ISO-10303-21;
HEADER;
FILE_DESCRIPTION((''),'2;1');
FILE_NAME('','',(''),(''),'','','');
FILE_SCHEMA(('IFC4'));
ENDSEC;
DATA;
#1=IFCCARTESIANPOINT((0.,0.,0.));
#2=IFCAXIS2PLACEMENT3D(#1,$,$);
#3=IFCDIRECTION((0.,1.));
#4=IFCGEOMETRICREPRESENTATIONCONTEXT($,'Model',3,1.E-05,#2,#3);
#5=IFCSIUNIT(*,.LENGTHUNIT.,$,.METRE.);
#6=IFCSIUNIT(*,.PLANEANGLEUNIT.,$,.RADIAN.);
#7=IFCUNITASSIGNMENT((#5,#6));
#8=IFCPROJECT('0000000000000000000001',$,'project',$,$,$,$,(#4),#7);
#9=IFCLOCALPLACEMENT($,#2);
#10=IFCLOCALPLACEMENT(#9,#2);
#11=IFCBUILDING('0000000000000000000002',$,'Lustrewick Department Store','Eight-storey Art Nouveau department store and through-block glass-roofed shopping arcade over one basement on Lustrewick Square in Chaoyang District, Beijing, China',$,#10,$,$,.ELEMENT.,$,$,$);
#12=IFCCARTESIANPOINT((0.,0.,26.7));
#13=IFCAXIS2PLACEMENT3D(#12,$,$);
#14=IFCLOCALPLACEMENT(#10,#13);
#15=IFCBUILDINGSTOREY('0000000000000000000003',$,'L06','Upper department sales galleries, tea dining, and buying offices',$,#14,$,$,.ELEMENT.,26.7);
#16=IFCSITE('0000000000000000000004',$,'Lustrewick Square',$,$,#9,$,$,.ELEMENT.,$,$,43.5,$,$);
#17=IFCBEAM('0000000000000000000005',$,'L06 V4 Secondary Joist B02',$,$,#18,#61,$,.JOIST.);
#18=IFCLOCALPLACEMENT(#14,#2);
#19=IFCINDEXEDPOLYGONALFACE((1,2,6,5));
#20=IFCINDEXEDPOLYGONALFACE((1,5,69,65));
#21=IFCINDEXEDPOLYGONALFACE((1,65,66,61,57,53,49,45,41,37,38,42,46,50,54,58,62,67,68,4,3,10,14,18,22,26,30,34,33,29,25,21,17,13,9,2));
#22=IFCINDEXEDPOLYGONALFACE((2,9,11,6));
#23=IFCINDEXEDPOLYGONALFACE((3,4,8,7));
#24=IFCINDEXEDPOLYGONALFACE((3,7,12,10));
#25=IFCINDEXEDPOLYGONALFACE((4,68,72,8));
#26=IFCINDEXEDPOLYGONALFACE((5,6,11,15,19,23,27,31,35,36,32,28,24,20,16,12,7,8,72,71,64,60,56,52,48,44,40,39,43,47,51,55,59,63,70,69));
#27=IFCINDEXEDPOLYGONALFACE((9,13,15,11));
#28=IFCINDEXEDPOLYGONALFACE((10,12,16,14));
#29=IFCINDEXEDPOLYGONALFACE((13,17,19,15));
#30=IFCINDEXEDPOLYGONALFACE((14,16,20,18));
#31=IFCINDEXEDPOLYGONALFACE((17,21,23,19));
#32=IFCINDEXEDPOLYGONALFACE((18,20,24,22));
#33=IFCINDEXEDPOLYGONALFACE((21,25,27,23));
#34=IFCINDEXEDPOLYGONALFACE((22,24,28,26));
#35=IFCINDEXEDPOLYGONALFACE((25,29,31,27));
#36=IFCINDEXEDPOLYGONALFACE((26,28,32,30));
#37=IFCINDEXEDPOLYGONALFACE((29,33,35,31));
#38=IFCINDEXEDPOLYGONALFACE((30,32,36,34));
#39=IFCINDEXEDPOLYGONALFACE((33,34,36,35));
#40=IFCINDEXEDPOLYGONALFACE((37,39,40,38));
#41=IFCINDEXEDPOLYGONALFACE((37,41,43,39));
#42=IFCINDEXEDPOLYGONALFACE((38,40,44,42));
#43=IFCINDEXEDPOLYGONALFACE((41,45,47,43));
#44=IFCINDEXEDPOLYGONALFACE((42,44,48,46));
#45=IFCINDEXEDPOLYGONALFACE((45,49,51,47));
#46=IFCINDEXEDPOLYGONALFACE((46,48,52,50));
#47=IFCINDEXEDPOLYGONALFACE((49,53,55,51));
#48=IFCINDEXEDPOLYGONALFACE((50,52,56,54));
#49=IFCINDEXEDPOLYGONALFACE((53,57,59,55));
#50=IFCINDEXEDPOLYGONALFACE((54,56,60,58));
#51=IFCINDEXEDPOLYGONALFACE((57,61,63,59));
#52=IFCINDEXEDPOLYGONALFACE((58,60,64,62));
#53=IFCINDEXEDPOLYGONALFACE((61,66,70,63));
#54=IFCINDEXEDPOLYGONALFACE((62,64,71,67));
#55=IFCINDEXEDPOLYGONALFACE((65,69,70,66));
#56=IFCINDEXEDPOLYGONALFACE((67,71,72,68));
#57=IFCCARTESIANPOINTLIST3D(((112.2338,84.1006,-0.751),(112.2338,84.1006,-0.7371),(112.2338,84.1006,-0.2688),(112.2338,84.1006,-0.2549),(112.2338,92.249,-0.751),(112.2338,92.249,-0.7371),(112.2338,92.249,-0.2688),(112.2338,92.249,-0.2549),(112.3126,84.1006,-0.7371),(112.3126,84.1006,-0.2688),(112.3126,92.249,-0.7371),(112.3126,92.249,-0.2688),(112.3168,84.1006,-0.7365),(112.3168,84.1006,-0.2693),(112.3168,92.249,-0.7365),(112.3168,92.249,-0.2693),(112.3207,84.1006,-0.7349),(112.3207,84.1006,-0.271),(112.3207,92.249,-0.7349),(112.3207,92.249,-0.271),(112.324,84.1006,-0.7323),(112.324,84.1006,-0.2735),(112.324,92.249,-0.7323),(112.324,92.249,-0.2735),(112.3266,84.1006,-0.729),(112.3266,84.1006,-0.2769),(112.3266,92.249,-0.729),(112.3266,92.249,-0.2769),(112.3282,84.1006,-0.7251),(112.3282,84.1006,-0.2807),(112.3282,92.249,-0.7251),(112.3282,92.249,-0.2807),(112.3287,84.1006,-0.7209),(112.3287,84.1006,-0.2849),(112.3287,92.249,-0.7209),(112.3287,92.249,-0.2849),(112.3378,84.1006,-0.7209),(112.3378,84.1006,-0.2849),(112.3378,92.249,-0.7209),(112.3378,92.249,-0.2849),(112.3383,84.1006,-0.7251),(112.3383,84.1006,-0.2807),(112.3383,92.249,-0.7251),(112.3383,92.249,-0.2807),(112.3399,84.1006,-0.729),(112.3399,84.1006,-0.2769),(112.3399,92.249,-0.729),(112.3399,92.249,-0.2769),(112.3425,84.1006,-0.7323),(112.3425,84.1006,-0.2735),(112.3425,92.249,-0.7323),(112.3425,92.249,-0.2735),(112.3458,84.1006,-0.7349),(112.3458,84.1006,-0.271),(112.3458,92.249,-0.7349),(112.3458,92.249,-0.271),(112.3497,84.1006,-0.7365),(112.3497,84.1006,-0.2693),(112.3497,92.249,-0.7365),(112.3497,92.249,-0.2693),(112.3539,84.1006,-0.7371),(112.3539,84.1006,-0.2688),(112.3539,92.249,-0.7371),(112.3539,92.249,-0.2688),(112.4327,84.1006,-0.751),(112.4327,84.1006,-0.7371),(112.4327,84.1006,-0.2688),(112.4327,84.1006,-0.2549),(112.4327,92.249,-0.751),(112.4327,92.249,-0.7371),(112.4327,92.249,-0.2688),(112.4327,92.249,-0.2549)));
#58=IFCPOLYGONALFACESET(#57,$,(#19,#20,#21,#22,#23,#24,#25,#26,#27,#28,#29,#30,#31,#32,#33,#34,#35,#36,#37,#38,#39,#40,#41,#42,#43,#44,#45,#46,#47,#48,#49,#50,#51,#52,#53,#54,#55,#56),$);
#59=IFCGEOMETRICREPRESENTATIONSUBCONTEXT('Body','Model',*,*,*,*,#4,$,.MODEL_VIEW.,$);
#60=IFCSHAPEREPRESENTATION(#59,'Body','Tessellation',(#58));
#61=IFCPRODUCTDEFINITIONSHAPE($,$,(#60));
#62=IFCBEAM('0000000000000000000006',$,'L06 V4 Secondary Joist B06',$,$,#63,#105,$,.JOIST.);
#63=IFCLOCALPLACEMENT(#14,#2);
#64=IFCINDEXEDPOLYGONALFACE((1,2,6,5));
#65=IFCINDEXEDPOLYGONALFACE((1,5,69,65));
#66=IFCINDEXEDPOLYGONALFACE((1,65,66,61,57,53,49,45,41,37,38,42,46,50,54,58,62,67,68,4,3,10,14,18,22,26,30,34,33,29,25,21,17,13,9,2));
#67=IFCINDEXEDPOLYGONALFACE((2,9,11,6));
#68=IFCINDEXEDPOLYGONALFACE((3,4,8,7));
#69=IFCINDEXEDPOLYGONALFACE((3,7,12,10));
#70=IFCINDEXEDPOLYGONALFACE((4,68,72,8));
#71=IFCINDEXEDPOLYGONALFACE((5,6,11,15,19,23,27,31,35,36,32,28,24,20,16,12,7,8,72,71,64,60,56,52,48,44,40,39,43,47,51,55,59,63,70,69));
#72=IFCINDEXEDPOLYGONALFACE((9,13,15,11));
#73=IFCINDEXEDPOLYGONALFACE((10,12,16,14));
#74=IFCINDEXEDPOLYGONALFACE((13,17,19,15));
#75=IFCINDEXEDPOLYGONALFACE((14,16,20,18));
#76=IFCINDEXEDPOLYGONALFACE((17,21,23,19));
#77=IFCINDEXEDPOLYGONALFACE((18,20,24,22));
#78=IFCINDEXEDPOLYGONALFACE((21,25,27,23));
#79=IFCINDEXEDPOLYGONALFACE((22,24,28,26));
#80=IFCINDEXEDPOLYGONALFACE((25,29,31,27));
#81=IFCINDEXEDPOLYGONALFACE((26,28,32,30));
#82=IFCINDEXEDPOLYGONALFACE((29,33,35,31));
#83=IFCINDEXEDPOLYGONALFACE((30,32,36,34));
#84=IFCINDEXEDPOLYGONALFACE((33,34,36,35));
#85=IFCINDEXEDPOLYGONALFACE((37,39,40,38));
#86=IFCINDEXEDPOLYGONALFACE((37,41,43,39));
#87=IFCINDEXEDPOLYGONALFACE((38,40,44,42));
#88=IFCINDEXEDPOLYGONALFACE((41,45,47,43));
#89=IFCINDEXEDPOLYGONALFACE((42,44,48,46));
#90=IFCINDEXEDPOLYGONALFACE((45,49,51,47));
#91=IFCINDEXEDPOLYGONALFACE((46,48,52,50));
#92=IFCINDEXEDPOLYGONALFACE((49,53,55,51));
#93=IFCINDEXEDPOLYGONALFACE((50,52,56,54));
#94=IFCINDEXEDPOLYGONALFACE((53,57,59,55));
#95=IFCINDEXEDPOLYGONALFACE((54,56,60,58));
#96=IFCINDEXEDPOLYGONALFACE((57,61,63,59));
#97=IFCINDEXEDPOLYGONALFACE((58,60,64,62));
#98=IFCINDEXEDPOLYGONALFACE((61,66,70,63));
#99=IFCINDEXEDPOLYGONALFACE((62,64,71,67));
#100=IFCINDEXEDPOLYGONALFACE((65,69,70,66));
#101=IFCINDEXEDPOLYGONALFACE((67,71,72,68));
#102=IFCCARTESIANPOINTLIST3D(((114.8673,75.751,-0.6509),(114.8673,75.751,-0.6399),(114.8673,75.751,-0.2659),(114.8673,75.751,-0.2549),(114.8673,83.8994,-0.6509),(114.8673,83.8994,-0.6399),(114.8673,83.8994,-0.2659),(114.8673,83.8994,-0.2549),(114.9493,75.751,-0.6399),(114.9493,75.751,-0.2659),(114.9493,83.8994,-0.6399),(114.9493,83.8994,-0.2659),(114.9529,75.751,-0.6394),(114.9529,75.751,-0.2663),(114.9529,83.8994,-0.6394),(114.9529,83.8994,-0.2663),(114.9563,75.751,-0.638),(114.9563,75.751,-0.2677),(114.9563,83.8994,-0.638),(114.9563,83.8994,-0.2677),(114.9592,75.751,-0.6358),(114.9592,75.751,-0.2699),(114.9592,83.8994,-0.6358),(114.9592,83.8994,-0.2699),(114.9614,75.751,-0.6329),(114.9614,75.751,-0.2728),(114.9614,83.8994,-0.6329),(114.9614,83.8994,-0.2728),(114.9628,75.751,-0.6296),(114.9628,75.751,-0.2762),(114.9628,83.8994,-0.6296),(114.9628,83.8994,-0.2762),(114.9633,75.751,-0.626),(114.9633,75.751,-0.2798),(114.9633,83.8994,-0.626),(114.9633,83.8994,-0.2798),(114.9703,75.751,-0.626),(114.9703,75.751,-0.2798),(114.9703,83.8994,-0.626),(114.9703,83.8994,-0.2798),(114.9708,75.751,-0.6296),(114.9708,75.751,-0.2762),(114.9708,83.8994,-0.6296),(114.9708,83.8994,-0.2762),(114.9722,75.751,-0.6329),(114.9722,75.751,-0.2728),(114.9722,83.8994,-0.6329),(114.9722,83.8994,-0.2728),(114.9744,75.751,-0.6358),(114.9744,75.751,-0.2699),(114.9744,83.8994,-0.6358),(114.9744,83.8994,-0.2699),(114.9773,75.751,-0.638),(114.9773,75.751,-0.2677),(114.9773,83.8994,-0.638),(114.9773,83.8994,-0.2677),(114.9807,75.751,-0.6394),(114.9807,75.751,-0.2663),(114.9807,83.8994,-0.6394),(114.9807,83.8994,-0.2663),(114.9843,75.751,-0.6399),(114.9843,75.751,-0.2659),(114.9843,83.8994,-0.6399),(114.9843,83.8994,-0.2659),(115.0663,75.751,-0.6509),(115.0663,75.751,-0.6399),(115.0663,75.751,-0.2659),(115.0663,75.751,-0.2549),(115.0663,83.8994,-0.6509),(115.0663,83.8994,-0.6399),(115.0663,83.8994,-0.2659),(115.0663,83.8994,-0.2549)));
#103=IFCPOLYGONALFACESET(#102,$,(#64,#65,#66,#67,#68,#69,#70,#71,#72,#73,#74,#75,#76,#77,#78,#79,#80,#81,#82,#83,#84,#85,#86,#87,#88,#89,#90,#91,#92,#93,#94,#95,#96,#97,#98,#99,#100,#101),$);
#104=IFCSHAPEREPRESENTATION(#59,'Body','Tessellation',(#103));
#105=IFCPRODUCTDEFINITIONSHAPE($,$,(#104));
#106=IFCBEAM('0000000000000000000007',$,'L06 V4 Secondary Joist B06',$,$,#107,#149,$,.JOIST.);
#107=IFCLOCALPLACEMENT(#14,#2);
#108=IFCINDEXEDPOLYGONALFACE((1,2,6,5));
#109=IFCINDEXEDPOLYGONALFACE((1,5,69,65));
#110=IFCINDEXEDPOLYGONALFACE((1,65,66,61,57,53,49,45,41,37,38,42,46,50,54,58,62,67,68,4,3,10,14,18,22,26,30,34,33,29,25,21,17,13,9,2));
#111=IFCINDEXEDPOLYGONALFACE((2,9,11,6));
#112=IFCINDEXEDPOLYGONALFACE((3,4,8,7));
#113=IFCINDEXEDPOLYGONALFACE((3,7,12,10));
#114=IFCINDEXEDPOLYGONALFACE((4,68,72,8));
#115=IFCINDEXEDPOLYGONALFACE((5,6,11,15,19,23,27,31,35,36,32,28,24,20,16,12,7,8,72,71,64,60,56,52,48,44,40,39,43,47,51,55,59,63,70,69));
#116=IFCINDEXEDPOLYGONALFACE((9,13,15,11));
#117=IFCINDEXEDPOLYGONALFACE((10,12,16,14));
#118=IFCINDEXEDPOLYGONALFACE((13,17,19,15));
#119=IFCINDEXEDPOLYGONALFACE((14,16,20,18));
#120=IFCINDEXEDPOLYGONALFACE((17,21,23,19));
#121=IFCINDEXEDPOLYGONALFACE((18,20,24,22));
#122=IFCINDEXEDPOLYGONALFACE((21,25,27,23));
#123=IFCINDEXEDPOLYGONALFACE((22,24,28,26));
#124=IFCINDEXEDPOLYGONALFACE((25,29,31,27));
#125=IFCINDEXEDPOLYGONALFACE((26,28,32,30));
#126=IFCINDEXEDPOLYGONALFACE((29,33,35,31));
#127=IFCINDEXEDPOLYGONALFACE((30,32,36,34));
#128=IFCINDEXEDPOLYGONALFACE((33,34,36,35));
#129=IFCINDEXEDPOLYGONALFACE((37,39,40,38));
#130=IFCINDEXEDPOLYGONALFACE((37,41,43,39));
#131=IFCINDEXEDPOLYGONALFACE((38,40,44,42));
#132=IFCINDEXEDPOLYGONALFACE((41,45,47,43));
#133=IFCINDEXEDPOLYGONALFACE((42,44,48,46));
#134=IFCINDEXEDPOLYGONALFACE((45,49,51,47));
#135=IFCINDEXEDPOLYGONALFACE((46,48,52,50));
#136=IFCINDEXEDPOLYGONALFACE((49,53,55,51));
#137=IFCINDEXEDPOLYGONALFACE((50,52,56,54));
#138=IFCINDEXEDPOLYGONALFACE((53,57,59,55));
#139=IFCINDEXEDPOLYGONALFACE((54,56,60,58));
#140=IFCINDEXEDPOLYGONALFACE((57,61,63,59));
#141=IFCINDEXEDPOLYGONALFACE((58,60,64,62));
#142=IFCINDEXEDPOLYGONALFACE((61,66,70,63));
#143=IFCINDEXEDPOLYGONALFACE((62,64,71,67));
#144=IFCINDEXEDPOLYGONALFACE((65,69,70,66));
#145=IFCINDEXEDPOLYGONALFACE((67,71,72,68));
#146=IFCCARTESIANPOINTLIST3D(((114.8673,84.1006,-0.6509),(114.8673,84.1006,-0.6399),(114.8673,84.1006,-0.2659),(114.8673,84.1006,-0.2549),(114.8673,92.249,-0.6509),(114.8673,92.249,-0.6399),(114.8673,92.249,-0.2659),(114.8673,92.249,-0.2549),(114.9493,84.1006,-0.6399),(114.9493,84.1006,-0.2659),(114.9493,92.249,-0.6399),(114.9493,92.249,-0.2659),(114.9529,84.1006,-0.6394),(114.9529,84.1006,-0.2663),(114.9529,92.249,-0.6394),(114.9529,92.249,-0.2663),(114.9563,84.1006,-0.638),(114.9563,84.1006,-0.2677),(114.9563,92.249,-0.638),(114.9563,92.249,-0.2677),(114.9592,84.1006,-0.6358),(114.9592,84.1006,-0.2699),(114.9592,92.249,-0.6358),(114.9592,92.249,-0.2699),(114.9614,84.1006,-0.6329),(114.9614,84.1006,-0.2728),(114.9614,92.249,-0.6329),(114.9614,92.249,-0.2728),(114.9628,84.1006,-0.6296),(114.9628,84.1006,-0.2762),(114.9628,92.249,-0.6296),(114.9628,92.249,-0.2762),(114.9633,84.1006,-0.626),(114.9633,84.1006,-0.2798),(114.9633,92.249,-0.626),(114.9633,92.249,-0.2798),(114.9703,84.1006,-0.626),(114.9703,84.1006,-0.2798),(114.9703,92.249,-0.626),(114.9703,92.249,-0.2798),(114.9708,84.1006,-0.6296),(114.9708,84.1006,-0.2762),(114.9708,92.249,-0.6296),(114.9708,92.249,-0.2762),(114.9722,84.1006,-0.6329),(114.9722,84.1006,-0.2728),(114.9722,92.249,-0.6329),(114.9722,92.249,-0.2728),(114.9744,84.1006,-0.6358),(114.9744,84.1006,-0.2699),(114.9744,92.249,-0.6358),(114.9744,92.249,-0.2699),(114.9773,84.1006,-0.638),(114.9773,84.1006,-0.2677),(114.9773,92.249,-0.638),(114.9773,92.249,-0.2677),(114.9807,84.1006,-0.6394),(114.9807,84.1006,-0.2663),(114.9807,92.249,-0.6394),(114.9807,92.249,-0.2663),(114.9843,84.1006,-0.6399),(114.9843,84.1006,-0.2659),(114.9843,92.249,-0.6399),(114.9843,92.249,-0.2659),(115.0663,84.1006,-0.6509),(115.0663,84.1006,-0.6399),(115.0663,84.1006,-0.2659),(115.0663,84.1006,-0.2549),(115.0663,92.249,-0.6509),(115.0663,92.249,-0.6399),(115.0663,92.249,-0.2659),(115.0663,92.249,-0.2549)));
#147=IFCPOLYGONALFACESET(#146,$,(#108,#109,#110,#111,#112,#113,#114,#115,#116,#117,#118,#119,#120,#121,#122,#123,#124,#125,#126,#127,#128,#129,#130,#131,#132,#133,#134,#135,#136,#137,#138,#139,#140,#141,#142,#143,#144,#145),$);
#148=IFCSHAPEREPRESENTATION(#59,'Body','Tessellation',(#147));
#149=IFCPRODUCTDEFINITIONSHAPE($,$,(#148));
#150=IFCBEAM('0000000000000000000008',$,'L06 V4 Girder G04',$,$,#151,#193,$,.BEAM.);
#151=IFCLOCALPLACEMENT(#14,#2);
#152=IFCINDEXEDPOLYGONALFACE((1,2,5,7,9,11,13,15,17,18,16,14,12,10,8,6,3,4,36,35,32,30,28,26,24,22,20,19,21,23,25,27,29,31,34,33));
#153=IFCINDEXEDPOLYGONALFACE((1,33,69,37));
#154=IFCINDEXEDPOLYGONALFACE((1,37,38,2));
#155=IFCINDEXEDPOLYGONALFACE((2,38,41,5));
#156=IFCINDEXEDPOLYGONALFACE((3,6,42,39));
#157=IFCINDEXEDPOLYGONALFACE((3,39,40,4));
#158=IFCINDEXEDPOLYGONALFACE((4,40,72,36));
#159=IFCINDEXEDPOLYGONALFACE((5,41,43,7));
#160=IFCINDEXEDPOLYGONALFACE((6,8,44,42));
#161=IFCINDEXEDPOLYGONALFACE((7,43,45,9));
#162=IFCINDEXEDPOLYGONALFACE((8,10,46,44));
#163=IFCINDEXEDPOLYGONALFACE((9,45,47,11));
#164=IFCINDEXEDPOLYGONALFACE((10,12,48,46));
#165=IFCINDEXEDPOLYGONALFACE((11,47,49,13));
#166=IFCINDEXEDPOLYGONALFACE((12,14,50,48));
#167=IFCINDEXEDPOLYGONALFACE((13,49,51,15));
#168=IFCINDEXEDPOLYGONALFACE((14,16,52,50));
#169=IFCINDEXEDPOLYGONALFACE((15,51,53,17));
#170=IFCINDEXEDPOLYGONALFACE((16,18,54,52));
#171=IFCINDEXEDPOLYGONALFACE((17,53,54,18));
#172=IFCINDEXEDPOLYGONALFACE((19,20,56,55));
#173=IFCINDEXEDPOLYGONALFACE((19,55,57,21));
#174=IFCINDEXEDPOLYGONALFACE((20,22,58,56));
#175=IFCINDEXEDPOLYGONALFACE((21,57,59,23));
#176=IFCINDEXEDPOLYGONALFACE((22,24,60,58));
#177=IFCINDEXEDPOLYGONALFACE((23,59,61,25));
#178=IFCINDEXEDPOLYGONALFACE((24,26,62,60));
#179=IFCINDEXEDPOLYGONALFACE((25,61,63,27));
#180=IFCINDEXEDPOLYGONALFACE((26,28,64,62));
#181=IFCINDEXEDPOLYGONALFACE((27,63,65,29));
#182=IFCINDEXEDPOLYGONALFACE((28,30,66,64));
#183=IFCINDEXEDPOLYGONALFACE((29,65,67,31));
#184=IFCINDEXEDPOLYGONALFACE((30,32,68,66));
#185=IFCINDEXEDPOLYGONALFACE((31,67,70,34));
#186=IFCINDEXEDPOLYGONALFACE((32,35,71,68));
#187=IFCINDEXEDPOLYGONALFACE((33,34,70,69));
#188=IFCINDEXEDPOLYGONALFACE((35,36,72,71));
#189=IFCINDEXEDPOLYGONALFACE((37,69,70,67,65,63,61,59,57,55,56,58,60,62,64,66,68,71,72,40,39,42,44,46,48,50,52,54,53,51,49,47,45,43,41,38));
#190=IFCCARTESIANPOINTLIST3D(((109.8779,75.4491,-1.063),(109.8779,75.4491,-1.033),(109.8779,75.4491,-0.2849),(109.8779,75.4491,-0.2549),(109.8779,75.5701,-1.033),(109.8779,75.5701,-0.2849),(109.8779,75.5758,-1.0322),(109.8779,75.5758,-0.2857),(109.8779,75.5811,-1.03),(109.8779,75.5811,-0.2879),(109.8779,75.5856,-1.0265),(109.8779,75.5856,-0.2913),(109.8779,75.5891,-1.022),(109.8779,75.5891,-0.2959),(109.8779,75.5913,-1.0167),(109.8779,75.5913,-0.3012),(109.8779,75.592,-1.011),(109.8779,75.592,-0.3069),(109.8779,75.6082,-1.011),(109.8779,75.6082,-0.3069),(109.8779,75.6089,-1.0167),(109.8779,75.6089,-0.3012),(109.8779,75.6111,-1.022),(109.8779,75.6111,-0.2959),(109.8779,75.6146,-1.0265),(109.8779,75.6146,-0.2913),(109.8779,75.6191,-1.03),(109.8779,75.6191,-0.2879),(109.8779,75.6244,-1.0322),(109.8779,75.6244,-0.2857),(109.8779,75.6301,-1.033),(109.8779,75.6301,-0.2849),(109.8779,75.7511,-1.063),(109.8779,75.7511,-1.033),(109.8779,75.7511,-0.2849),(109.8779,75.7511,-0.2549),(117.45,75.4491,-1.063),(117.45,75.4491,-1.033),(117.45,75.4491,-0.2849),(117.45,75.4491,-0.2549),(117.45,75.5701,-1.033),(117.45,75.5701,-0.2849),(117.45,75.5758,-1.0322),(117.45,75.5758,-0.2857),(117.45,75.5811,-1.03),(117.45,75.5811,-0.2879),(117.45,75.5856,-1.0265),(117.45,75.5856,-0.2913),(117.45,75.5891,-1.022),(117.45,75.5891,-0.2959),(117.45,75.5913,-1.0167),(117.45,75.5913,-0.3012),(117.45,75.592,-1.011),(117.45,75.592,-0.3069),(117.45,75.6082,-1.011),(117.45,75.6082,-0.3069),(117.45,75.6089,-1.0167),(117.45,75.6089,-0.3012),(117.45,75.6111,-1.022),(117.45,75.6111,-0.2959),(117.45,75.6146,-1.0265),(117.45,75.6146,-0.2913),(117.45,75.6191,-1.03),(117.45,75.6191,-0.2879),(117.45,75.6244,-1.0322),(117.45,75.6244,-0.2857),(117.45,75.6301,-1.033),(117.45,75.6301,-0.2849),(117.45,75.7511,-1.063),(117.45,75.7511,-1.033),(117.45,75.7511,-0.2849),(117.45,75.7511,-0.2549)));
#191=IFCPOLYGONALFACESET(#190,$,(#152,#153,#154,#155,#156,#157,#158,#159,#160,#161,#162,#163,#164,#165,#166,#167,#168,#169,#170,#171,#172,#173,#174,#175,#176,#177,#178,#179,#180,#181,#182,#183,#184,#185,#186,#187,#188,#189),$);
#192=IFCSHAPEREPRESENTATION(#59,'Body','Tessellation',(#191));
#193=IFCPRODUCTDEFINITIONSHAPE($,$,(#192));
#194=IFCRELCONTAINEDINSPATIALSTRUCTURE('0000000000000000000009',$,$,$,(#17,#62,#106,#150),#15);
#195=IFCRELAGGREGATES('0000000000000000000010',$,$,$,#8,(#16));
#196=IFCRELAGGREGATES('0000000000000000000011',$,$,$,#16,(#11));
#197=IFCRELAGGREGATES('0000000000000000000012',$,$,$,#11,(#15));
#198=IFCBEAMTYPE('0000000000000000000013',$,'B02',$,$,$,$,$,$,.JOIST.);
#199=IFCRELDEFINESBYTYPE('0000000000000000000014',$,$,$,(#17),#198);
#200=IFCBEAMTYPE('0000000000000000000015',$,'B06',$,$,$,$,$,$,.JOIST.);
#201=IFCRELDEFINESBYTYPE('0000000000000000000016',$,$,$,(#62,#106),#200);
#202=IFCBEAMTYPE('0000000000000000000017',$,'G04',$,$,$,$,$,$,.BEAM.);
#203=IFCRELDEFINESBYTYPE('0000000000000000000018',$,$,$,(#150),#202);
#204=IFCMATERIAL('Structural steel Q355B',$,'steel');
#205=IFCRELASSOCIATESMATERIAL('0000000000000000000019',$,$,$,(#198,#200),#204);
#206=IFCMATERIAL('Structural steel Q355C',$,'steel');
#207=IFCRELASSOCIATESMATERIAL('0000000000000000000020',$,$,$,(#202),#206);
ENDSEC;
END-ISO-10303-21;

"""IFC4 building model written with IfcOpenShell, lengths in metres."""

from ifc_helpers import new_model, si_unit, direction, frame, origin, origin_2d, place, context, subcontext, project, spatial, i_section, extrude, material, material_profile, profile_set, type_object, element, save


model = new_model("IFC4")

# Units and contexts
model_context = context("Model", 3, precision=1e-05, world=origin(), true_north=direction((0.0, 1.0)))
body_context = subcontext(model_context, "Body", "Model", "MODEL_VIEW")
ifc_project = project(units=[si_unit("LENGTHUNIT", "METRE"), si_unit("PLANEANGLEUNIT", "RADIAN")], contexts=[model_context])

# Site, building, storey
site_placement = place(None, origin())
site = spatial("IfcSite", under=ifc_project, at=site_placement, Name="Lustrewick Square", CompositionType="ELEMENT", RefElevation=43.5)
building_placement = place(site_placement, origin())
building = spatial("IfcBuilding", under=site, at=building_placement, Name="Lustrewick Department Store", Description="Eight-storey Art Nouveau department store and through-block glass-roofed shopping arcade over one basement on Lustrewick Square in Chaoyang District, Beijing, China", CompositionType="ELEMENT")
storey_placement = place(building_placement, frame((0.0, 0.0, 26.7)))
storey = spatial("IfcBuildingStorey", under=building, at=storey_placement, Name="L06", Description="Upper department sales galleries, tea dining, and buying offices", CompositionType="ELEMENT", Elevation=26.7)

# Shared definitions
ifc_material_1 = material(Name="Structural steel Q355B", Category="steel")

# Beams
ifc_material_profile_1 = material_profile(ifc_material_1, i_section(OverallWidth=0.199, OverallDepth=0.4961, WebThickness=0.009, FlangeThickness=0.0139, FilletRadius=0.0161, at=origin_2d()), Name="HN 496x199x9x14")
ifc_profile_set_1 = profile_set([ifc_material_profile_1], Name="Structural steel Q355B")
beam_type_1 = type_object("IfcBeamType", Name="B02", PredefinedType="JOIST", material=ifc_profile_set_1)
for number, where, z_axis, x_axis, name in (
    (1, (112.3333, 84.1006, -0.5029), (0.0, 1.0, 0.0), (-1.0, 0.0, 0.0), "L06 V4 Secondary Joist B02"),
):
    element("IfcBeam", number, at=place(storey_placement, frame(where, z_axis=z_axis, x_axis=x_axis)), inside=storey, type_object=beam_type_1, Name=name, PredefinedType="JOIST", context=body_context, shape_type="SweptSolid", body=[
        extrude(i_section(OverallWidth=0.199, OverallDepth=0.4961, WebThickness=0.009, FlangeThickness=0.0139, FilletRadius=0.0161, at=origin_2d()), origin(), (0.0, 0.0, 1.0), 8.1484),
    ])
ifc_material_profile_2 = material_profile(ifc_material_1, i_section(OverallWidth=0.199, OverallDepth=0.396, WebThickness=0.0071, FlangeThickness=0.011, FilletRadius=0.0139, at=origin_2d()), Name="HN 396x199x7x11")
ifc_profile_set_2 = profile_set([ifc_material_profile_2], Name="Structural steel Q355B")
beam_type_2 = type_object("IfcBeamType", Name="B06", PredefinedType="JOIST", material=ifc_profile_set_2)
for number, where, z_axis, x_axis, name in (
    (2, (114.9668, 75.751, -0.4529), (0.0, 1.0, 0.0), (-1.0, 0.0, 0.0), "L06 V4 Secondary Joist B06"),
    (3, (114.9668, 84.1006, -0.4529), (0.0, 1.0, 0.0), (-1.0, 0.0, 0.0), "L06 V4 Secondary Joist B06"),
):
    element("IfcBeam", number, at=place(storey_placement, frame(where, z_axis=z_axis, x_axis=x_axis)), inside=storey, type_object=beam_type_2, Name=name, PredefinedType="JOIST", context=body_context, shape_type="SweptSolid", body=[
        extrude(i_section(OverallWidth=0.199, OverallDepth=0.396, WebThickness=0.0071, FlangeThickness=0.011, FilletRadius=0.0139, at=origin_2d()), origin(), (0.0, 0.0, 1.0), 8.1484),
    ])
ifc_material_2 = material(Name="Structural steel Q355C", Category="steel")
ifc_material_profile_3 = material_profile(ifc_material_2, i_section(OverallWidth=0.302, OverallDepth=0.8081, WebThickness=0.0161, FlangeThickness=0.03, FilletRadius=0.022, at=origin_2d()), Name="HN 808x302x16x30")
ifc_profile_set_3 = profile_set([ifc_material_profile_3], Name="Structural steel Q355C")
beam_type_3 = type_object("IfcBeamType", Name="G04", PredefinedType="BEAM", material=ifc_profile_set_3)
beam_1_placement = place(storey_placement, frame((109.8779, 75.6001, -0.6589), z_axis=(1.0, 0.0, 0.0), x_axis=(0.0, 1.0, 0.0)))
element("IfcBeam", 4, at=beam_1_placement, inside=storey, type_object=beam_type_3, Name="L06 V4 Girder G04", PredefinedType="BEAM", context=body_context, shape_type="SweptSolid", body=[
    extrude(i_section(OverallWidth=0.302, OverallDepth=0.8081, WebThickness=0.0161, FlangeThickness=0.03, FilletRadius=0.022, at=origin_2d()), origin(), (0.0, 0.0, 1.0), 7.572),
])

save(model, "model.ifc")
